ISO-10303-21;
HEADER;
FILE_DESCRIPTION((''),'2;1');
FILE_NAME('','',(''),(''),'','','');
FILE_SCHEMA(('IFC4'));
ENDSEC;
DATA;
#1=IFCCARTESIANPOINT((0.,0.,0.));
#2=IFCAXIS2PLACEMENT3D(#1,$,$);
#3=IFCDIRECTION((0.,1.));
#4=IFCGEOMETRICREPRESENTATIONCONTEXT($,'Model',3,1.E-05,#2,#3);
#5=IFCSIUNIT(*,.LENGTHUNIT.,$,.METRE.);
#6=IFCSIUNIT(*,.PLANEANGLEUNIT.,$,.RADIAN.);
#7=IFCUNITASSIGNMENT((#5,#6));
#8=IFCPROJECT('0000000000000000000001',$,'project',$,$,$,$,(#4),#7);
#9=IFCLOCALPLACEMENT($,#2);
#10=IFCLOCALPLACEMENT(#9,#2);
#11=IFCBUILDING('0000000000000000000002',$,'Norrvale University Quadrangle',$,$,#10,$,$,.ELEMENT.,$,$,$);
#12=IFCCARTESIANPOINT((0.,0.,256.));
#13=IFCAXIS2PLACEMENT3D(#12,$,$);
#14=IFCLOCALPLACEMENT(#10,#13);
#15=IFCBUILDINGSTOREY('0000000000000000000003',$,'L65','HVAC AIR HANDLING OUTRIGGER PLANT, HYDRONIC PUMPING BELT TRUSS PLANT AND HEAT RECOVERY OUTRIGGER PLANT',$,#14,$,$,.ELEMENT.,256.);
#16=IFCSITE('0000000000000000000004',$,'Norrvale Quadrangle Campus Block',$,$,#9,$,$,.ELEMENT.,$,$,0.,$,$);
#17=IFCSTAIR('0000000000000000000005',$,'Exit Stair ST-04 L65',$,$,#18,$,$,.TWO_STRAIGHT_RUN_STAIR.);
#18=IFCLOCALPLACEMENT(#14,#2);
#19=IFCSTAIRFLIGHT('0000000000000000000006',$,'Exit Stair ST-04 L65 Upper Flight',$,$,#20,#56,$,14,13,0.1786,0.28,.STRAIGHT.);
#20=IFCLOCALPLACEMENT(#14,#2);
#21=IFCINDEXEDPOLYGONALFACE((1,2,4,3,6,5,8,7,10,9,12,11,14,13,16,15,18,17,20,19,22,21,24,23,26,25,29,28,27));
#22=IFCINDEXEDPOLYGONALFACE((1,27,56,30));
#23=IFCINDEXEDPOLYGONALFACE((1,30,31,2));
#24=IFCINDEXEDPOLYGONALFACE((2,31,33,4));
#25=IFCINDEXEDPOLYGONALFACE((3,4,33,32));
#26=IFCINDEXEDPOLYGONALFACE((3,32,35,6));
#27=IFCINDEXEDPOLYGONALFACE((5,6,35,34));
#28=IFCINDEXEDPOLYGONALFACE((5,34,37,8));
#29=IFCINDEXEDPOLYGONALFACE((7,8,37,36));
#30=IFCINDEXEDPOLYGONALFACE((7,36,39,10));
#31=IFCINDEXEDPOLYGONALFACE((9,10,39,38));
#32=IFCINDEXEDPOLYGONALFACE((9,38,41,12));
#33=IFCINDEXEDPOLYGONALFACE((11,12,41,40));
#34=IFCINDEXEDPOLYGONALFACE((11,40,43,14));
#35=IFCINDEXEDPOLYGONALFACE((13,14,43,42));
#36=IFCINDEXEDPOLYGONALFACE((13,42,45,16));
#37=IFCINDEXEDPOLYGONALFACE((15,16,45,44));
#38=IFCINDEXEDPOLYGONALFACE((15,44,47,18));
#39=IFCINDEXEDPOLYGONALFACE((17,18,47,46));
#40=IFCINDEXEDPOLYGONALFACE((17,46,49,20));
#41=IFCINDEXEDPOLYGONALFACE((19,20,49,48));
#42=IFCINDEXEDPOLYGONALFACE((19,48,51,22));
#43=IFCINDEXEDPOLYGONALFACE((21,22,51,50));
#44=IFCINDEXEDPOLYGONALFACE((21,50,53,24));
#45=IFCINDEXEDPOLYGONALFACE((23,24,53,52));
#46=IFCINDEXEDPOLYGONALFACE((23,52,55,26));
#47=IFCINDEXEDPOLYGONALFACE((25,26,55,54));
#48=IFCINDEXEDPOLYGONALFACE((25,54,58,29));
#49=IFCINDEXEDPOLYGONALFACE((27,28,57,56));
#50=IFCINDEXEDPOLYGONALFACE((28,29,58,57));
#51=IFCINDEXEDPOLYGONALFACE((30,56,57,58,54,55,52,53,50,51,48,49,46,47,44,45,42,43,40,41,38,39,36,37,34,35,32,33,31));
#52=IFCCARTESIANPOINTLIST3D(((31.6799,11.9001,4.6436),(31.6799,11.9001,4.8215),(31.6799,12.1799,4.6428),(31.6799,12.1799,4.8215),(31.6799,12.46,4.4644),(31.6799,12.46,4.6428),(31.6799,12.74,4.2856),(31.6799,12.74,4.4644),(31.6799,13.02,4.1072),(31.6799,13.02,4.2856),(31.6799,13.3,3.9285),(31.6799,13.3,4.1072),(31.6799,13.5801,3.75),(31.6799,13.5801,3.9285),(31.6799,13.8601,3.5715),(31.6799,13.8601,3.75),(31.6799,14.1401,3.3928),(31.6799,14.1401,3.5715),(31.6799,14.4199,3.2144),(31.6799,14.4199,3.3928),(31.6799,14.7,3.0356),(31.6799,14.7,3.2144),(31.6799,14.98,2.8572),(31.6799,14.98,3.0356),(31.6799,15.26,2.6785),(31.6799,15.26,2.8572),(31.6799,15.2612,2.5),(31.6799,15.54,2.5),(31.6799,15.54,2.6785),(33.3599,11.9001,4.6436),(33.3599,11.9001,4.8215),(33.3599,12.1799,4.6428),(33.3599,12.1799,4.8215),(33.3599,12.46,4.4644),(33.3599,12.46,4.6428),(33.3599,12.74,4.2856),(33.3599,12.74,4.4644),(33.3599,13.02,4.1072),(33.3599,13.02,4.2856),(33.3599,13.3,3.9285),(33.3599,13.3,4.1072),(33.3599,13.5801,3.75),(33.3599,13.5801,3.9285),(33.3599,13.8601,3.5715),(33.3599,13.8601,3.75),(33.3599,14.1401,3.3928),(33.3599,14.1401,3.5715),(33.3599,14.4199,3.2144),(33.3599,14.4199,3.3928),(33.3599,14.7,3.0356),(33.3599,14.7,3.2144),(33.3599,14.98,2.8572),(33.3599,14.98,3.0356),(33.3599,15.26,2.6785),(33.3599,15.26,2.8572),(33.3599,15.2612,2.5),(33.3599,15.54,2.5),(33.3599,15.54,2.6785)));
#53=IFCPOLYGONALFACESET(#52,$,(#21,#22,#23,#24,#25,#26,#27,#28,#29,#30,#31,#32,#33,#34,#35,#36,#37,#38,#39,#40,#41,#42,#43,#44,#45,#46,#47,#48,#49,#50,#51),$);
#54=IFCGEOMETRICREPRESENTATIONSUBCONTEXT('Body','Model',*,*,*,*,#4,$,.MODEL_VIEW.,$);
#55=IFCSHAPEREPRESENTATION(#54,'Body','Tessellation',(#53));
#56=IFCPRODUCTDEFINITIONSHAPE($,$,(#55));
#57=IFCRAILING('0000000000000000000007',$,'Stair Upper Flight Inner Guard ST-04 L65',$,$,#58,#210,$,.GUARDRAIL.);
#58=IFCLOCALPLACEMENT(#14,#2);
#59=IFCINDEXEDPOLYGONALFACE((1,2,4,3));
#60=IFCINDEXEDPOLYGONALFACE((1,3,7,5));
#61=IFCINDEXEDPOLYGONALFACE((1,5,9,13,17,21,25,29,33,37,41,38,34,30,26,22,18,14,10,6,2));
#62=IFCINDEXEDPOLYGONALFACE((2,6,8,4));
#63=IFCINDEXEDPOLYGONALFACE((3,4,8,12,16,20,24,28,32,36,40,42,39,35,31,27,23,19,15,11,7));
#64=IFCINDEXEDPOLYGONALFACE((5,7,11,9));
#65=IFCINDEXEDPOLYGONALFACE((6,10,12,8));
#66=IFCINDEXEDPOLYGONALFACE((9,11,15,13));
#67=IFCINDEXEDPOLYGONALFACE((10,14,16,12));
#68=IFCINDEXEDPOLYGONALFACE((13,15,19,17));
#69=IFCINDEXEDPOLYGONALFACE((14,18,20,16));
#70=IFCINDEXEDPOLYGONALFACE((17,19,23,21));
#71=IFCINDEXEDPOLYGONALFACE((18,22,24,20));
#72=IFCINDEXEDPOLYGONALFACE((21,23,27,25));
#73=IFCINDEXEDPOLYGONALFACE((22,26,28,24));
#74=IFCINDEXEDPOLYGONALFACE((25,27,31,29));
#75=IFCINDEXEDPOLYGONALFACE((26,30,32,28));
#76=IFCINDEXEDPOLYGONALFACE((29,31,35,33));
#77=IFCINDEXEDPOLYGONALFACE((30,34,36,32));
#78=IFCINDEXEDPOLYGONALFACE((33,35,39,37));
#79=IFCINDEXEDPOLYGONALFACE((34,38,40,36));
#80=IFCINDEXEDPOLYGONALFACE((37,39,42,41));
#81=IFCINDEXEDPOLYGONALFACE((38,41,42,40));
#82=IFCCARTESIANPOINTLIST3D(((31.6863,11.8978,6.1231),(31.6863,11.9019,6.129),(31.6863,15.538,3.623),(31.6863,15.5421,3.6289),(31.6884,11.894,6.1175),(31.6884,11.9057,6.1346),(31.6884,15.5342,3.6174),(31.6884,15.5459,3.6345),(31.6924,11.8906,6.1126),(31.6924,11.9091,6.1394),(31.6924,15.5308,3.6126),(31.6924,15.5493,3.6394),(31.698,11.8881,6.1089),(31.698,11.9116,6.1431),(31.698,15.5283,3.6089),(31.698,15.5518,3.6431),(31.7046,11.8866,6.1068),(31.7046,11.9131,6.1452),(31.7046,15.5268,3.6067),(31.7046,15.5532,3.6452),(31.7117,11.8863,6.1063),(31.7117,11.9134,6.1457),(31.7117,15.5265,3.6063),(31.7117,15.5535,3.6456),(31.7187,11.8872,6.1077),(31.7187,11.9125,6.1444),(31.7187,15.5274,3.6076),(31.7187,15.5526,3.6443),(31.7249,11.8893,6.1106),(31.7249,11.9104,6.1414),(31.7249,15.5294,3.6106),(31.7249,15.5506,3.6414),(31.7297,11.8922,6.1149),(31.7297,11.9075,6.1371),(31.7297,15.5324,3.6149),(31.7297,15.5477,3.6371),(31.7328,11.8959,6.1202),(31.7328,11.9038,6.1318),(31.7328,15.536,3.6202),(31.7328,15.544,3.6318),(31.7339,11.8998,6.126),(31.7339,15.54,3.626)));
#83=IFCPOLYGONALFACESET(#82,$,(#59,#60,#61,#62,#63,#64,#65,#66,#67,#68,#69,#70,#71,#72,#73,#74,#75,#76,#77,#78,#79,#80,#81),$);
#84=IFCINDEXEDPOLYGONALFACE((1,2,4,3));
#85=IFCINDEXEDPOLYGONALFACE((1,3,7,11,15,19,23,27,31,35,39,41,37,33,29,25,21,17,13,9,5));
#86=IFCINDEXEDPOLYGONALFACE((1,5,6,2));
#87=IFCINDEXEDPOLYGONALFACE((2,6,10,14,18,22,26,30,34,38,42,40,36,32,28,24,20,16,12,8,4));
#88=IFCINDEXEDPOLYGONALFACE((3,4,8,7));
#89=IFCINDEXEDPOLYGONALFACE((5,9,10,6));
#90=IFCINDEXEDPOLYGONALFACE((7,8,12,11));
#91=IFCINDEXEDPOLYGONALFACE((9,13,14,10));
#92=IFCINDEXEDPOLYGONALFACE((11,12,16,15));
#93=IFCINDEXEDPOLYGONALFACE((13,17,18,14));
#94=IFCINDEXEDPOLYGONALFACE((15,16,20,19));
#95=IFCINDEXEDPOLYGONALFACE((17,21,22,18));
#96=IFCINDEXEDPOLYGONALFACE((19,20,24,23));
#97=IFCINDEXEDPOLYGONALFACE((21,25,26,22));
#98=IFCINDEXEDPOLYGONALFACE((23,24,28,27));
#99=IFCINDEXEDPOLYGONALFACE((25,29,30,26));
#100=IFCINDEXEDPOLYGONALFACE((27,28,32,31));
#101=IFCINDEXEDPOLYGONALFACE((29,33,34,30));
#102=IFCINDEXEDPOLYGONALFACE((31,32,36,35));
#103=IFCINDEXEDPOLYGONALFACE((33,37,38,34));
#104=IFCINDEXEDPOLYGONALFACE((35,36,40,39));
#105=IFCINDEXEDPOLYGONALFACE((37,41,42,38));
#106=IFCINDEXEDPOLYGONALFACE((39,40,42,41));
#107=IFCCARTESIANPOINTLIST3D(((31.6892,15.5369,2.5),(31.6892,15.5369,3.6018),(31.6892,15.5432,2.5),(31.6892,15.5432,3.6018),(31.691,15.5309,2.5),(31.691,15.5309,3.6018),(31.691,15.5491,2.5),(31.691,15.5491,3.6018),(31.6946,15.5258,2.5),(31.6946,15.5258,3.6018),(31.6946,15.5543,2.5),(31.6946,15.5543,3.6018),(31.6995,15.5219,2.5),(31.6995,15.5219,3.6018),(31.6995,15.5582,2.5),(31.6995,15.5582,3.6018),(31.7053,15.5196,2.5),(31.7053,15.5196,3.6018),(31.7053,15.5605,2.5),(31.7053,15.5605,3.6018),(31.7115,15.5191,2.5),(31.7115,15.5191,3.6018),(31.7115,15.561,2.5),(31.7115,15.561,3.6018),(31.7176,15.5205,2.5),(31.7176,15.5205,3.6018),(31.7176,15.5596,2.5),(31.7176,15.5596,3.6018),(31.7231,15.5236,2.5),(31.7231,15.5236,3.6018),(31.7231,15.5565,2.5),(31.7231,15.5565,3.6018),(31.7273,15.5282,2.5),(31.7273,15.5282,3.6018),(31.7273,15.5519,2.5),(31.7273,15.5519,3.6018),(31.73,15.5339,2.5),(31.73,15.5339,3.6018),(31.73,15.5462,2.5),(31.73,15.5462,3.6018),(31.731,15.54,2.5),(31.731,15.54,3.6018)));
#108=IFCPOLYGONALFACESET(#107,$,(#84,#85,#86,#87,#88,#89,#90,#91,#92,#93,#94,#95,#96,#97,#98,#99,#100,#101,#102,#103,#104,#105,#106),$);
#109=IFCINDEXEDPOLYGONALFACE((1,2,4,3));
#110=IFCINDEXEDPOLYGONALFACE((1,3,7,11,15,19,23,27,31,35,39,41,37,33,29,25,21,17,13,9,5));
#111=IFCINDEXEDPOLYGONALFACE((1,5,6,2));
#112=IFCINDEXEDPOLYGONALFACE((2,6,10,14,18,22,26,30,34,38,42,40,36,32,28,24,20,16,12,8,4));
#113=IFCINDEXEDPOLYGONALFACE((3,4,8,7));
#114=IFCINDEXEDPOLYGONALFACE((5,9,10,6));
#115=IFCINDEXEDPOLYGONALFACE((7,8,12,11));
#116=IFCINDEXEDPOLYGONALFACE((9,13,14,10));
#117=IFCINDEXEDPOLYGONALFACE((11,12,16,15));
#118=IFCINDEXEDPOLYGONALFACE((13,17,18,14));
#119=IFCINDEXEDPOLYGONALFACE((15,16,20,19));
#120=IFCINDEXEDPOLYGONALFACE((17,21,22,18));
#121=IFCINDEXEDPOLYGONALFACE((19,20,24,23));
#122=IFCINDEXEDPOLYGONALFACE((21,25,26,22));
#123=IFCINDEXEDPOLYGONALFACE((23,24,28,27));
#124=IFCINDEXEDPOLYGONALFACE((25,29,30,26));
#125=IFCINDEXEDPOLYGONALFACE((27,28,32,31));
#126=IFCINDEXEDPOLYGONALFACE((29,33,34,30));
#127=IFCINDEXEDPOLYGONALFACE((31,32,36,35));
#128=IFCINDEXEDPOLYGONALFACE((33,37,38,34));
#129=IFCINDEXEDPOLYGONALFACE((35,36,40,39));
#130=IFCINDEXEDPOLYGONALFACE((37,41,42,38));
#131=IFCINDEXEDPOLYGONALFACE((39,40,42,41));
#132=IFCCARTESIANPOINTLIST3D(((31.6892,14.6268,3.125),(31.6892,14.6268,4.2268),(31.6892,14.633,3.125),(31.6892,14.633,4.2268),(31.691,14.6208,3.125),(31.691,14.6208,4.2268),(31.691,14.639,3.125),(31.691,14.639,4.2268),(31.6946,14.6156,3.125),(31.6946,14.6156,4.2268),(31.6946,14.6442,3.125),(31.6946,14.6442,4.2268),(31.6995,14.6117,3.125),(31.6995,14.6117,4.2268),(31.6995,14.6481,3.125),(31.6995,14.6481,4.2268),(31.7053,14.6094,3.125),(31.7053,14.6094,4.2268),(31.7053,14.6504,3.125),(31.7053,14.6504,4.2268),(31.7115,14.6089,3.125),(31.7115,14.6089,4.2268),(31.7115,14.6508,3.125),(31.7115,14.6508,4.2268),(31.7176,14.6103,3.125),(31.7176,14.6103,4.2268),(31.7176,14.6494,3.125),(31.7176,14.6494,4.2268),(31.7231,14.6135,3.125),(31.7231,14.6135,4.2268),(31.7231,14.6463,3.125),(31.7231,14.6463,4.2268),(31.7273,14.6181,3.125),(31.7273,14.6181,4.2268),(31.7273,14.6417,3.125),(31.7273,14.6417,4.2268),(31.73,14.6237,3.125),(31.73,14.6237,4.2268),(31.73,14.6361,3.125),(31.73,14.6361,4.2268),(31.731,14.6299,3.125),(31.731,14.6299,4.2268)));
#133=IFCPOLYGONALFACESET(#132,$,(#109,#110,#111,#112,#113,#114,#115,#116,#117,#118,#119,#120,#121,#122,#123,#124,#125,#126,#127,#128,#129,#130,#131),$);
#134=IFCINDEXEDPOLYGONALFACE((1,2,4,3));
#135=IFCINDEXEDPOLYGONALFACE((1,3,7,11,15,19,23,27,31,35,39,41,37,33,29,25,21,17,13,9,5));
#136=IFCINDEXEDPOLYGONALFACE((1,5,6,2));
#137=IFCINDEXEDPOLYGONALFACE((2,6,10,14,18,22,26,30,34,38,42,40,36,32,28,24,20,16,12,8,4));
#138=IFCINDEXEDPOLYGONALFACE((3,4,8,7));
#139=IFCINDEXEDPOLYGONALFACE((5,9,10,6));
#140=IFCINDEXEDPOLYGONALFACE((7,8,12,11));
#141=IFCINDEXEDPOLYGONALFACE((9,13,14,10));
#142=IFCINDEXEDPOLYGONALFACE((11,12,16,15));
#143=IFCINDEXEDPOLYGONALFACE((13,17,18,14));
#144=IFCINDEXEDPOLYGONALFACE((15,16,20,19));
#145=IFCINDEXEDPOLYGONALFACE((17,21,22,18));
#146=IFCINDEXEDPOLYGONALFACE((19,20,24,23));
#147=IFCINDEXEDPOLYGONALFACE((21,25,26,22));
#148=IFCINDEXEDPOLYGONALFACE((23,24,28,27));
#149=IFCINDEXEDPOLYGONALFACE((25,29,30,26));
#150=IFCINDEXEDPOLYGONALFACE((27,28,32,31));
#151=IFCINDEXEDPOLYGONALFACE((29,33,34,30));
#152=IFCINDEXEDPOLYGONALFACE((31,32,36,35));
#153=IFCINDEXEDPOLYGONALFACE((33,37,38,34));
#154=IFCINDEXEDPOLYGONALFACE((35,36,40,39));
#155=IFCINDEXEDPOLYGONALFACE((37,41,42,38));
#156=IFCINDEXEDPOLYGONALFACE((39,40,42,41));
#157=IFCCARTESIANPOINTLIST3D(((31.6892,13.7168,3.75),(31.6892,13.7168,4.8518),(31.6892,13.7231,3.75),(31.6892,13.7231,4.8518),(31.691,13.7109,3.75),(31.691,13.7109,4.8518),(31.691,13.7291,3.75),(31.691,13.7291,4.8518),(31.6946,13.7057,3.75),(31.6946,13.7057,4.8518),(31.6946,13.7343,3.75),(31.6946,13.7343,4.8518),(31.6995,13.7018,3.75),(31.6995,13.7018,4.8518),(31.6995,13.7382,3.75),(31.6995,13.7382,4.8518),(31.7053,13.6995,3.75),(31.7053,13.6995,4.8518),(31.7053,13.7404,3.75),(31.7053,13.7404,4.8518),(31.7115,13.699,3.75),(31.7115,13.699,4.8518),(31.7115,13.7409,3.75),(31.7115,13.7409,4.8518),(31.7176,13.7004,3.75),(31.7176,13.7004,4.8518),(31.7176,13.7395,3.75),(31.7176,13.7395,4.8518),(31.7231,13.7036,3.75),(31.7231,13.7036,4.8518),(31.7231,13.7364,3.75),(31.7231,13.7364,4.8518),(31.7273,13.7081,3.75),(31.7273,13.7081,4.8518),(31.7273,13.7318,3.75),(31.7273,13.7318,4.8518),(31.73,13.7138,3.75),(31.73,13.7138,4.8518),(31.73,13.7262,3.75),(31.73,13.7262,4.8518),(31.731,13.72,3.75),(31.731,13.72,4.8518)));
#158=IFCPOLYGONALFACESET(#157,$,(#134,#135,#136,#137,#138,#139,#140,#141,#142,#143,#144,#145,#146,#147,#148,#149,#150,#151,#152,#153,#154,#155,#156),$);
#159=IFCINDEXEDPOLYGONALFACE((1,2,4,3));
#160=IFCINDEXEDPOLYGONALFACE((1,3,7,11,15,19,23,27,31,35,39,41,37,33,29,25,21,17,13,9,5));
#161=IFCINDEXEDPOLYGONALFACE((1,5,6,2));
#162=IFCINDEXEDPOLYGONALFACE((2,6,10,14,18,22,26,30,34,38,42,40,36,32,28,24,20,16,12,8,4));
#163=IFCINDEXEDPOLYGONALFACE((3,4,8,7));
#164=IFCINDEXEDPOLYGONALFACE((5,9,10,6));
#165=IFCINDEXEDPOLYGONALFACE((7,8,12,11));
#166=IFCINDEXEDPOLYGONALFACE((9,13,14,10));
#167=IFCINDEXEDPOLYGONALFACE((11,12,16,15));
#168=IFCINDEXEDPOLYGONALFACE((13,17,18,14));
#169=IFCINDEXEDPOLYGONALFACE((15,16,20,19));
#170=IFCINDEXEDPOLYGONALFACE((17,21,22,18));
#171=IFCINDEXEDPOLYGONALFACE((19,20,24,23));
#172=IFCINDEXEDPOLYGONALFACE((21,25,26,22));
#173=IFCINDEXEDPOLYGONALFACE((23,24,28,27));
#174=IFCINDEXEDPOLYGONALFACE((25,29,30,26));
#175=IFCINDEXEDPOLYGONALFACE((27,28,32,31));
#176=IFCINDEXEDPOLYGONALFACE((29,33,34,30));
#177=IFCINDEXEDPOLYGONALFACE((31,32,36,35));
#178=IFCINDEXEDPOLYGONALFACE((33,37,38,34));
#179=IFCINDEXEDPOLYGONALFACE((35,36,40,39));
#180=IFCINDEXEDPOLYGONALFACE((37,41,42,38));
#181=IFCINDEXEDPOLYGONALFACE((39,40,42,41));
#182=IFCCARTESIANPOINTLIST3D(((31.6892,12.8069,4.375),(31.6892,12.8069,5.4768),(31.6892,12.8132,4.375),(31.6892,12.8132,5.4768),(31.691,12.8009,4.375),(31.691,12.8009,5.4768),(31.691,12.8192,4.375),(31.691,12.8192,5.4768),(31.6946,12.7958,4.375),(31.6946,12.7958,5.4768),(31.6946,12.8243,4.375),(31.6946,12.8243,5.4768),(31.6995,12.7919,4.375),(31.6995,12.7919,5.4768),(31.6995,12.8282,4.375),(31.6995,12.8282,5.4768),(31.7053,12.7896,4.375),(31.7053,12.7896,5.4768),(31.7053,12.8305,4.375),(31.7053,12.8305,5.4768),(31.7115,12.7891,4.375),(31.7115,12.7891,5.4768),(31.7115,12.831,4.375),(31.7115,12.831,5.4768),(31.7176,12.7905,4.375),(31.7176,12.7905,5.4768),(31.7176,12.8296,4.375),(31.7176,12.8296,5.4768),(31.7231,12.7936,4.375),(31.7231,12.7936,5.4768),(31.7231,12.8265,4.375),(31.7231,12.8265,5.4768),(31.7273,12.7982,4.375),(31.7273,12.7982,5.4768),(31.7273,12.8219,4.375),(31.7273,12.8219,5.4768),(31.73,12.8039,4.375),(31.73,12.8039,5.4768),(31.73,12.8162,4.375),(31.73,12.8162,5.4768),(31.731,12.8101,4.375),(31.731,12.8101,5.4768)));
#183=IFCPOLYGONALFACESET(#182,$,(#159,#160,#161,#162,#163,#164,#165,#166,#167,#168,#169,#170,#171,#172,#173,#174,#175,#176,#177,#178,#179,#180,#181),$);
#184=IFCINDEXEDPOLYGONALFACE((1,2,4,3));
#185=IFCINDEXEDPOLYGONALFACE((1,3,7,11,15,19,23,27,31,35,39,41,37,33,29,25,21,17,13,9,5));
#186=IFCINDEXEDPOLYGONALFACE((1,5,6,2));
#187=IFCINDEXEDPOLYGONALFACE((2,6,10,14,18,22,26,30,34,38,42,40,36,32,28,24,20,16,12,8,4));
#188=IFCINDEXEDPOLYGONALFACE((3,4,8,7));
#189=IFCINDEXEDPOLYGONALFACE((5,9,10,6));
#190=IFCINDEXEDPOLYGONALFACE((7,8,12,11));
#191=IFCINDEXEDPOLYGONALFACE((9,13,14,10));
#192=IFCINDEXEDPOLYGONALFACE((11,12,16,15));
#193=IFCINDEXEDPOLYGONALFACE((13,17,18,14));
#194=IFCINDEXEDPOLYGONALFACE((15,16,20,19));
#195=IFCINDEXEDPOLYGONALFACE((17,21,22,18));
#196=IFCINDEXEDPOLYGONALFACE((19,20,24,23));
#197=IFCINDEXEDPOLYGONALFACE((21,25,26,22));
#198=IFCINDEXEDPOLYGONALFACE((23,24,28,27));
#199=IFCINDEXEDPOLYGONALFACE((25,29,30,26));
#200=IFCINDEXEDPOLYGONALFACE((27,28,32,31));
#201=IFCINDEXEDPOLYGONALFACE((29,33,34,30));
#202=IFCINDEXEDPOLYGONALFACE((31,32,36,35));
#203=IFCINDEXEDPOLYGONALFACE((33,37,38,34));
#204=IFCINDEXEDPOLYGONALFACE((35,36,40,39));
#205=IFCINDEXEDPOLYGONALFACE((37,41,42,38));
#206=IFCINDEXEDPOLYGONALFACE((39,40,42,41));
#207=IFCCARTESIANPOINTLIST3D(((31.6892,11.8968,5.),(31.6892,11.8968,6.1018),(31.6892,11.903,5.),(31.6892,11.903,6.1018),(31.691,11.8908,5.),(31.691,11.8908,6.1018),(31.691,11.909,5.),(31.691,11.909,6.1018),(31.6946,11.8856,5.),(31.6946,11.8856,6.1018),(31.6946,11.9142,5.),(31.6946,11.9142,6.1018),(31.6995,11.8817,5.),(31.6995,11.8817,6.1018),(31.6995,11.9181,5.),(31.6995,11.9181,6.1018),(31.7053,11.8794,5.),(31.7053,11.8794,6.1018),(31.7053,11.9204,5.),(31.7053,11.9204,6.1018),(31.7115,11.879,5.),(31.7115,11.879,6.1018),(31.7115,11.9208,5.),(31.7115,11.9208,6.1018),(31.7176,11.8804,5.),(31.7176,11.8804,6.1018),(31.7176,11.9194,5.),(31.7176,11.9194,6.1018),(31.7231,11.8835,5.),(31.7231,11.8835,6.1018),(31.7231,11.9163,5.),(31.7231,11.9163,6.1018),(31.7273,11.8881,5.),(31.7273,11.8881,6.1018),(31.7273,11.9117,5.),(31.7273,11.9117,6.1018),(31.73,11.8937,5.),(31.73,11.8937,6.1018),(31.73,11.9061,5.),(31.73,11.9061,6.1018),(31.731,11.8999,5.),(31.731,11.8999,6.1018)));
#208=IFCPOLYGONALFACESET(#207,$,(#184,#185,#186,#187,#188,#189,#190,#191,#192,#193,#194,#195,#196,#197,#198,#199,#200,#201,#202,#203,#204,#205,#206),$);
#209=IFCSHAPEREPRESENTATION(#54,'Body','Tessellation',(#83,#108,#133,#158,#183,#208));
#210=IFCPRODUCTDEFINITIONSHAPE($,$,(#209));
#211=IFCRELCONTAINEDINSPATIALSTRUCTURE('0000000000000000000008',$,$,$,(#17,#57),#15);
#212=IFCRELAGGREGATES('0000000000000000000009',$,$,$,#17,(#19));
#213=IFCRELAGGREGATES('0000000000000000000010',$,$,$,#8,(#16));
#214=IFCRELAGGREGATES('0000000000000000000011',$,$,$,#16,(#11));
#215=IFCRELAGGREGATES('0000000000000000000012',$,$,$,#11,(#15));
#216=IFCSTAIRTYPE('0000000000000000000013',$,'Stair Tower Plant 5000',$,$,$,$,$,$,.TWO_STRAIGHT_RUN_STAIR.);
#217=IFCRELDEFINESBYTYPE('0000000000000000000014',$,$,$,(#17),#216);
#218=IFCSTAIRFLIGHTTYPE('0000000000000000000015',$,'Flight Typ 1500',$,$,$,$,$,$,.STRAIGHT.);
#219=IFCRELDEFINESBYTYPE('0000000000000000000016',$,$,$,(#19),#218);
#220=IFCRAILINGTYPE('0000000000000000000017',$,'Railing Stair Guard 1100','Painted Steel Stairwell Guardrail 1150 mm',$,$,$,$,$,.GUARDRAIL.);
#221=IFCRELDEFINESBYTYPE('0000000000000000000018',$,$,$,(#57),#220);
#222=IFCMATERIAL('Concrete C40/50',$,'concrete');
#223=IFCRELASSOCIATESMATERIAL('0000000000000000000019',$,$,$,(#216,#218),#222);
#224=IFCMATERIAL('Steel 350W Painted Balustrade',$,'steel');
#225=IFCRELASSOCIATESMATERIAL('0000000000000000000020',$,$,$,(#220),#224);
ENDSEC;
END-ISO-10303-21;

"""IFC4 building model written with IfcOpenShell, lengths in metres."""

from ifc_helpers import new_model, si_unit, direction, frame, origin, origin_2d, place, context, subcontext, project, spatial, polyline, circle, outline, extrude, material, type_object, element, aggregate, save


model = new_model("IFC4")

# Units and contexts
model_context = context("Model", 3, precision=1e-05, world=origin(), true_north=direction((0.0, 1.0)))
body_context = subcontext(model_context, "Body", "Model", "MODEL_VIEW")
ifc_project = project(units=[si_unit("LENGTHUNIT", "METRE"), si_unit("PLANEANGLEUNIT", "RADIAN")], contexts=[model_context])

# Site, building, storey
site_placement = place(None, origin())
site = spatial("IfcSite", under=ifc_project, at=site_placement, Name="Norrvale Quadrangle Campus Block", CompositionType="ELEMENT", RefElevation=0.0)
building_placement = place(site_placement, origin())
building = spatial("IfcBuilding", under=site, at=building_placement, Name="Norrvale University Quadrangle", CompositionType="ELEMENT")
storey_placement = place(building_placement, frame((0.0, 0.0, 256.0)))
storey = spatial("IfcBuildingStorey", under=building, at=storey_placement, Name="L65", Description="HVAC AIR HANDLING OUTRIGGER PLANT, HYDRONIC PUMPING BELT TRUSS PLANT AND HEAT RECOVERY OUTRIGGER PLANT", CompositionType="ELEMENT", Elevation=256.0)

# Stair, stair flight
ifc_material_1 = material(Name="Concrete C40/50", Category="concrete")
stair_type = type_object("IfcStairType", Name="Stair Tower Plant 5000", PredefinedType="TWO_STRAIGHT_RUN_STAIR", material=ifc_material_1)
stair_placement = place(storey_placement, origin())
stair = element("IfcStair", 1, at=stair_placement, inside=storey, type_object=stair_type, Name="Exit Stair ST-04 L65", PredefinedType="TWO_STRAIGHT_RUN_STAIR")
stair_flight_type = type_object("IfcStairFlightType", Name="Flight Typ 1500", PredefinedType="STRAIGHT", material=ifc_material_1)
stair_flight_placement = place(storey_placement, frame((32.52, 15.54, 2.5), z_axis=(0.0, 0.0, 1.0), x_axis=(0.0, -1.0, 0.0)))
stair_flight = element("IfcStairFlight", 2, at=stair_flight_placement, type_object=stair_flight_type, Name="Exit Stair ST-04 L65 Upper Flight", NumberOfRisers=14, NumberOfTreads=13, PredefinedType="STRAIGHT", RiserHeight=0.1786, TreadLength=0.28, context=body_context, shape_type="SweptSolid", body=[
    extrude(outline(polyline([(0.0, 0.0), (0.0, 0.1785), (0.28, 0.1785), (0.28, 0.3572), (0.5601, 0.3572), (0.5601, 0.5356), (0.8401, 0.5356), (0.8401, 0.7144), (1.1201, 0.7144), (1.1201, 0.8928), (1.3999, 0.8928), (1.3999, 1.0715), (1.6799, 1.0715), (1.6799, 1.25), (1.96, 1.25), (1.96, 1.4285), (2.24, 1.4285), (2.24, 1.6072), (2.52, 1.6072), (2.52, 1.7856), (2.8, 1.7856), (2.8, 1.9644), (3.0801, 1.9644), (3.0801, 2.1428), (3.3601, 2.1428), (3.3601, 2.3215), (3.6399, 2.3215), (3.6399, 2.5), (3.6399, 2.1436), (0.2788, 0.0), (0.0, 0.0)])), frame((0.0, 0.8398, 0.0), z_axis=(0.0, -1.0, 0.0), x_axis=(1.0, 0.0, 0.0)), (0.0, 0.0, 1.0), 1.6799),
])
aggregate(stair, [stair_flight])

# Railing
ifc_material_2 = material(Name="Steel 350W Painted Balustrade", Category="steel")
railing_type_1 = type_object("IfcRailingType", Name="Railing Stair Guard 1100", Description="Painted Steel Stairwell Guardrail 1150 mm", PredefinedType="GUARDRAIL", material=ifc_material_2)
railing_1_placement = place(storey_placement, frame((31.71, 15.54, 2.5)))
element("IfcRailing", 3, at=railing_1_placement, inside=storey, type_object=railing_type_1, Name="Stair Upper Flight Inner Guard ST-04 L65", PredefinedType="GUARDRAIL", context=body_context, shape_type="SweptSolid", body=[
    extrude(circle(Radius=0.0239, at=origin_2d()), frame((0.0, 0.0, 1.126), z_axis=(0.0, -0.824316, 0.56613), x_axis=(1.0, 0.0, 0.0)), (0.0, 0.0, 1.0), 4.416),
    extrude(circle(Radius=0.021, at=origin_2d()), origin(), (0.0, 0.0, 1.0), 1.1018),
    extrude(circle(Radius=0.021, at=origin_2d()), frame((0.0, -0.9102, 0.625)), (0.0, 0.0, 1.0), 1.1018),
    extrude(circle(Radius=0.021, at=origin_2d()), frame((0.0, -1.8201, 1.25)), (0.0, 0.0, 1.0), 1.1018),
    extrude(circle(Radius=0.021, at=origin_2d()), frame((0.0, -2.73, 1.875)), (0.0, 0.0, 1.0), 1.1018),
    extrude(circle(Radius=0.021, at=origin_2d()), frame((0.0, -3.6401, 2.5)), (0.0, 0.0, 1.0), 1.1018),
])

save(model, "model.ifc")
